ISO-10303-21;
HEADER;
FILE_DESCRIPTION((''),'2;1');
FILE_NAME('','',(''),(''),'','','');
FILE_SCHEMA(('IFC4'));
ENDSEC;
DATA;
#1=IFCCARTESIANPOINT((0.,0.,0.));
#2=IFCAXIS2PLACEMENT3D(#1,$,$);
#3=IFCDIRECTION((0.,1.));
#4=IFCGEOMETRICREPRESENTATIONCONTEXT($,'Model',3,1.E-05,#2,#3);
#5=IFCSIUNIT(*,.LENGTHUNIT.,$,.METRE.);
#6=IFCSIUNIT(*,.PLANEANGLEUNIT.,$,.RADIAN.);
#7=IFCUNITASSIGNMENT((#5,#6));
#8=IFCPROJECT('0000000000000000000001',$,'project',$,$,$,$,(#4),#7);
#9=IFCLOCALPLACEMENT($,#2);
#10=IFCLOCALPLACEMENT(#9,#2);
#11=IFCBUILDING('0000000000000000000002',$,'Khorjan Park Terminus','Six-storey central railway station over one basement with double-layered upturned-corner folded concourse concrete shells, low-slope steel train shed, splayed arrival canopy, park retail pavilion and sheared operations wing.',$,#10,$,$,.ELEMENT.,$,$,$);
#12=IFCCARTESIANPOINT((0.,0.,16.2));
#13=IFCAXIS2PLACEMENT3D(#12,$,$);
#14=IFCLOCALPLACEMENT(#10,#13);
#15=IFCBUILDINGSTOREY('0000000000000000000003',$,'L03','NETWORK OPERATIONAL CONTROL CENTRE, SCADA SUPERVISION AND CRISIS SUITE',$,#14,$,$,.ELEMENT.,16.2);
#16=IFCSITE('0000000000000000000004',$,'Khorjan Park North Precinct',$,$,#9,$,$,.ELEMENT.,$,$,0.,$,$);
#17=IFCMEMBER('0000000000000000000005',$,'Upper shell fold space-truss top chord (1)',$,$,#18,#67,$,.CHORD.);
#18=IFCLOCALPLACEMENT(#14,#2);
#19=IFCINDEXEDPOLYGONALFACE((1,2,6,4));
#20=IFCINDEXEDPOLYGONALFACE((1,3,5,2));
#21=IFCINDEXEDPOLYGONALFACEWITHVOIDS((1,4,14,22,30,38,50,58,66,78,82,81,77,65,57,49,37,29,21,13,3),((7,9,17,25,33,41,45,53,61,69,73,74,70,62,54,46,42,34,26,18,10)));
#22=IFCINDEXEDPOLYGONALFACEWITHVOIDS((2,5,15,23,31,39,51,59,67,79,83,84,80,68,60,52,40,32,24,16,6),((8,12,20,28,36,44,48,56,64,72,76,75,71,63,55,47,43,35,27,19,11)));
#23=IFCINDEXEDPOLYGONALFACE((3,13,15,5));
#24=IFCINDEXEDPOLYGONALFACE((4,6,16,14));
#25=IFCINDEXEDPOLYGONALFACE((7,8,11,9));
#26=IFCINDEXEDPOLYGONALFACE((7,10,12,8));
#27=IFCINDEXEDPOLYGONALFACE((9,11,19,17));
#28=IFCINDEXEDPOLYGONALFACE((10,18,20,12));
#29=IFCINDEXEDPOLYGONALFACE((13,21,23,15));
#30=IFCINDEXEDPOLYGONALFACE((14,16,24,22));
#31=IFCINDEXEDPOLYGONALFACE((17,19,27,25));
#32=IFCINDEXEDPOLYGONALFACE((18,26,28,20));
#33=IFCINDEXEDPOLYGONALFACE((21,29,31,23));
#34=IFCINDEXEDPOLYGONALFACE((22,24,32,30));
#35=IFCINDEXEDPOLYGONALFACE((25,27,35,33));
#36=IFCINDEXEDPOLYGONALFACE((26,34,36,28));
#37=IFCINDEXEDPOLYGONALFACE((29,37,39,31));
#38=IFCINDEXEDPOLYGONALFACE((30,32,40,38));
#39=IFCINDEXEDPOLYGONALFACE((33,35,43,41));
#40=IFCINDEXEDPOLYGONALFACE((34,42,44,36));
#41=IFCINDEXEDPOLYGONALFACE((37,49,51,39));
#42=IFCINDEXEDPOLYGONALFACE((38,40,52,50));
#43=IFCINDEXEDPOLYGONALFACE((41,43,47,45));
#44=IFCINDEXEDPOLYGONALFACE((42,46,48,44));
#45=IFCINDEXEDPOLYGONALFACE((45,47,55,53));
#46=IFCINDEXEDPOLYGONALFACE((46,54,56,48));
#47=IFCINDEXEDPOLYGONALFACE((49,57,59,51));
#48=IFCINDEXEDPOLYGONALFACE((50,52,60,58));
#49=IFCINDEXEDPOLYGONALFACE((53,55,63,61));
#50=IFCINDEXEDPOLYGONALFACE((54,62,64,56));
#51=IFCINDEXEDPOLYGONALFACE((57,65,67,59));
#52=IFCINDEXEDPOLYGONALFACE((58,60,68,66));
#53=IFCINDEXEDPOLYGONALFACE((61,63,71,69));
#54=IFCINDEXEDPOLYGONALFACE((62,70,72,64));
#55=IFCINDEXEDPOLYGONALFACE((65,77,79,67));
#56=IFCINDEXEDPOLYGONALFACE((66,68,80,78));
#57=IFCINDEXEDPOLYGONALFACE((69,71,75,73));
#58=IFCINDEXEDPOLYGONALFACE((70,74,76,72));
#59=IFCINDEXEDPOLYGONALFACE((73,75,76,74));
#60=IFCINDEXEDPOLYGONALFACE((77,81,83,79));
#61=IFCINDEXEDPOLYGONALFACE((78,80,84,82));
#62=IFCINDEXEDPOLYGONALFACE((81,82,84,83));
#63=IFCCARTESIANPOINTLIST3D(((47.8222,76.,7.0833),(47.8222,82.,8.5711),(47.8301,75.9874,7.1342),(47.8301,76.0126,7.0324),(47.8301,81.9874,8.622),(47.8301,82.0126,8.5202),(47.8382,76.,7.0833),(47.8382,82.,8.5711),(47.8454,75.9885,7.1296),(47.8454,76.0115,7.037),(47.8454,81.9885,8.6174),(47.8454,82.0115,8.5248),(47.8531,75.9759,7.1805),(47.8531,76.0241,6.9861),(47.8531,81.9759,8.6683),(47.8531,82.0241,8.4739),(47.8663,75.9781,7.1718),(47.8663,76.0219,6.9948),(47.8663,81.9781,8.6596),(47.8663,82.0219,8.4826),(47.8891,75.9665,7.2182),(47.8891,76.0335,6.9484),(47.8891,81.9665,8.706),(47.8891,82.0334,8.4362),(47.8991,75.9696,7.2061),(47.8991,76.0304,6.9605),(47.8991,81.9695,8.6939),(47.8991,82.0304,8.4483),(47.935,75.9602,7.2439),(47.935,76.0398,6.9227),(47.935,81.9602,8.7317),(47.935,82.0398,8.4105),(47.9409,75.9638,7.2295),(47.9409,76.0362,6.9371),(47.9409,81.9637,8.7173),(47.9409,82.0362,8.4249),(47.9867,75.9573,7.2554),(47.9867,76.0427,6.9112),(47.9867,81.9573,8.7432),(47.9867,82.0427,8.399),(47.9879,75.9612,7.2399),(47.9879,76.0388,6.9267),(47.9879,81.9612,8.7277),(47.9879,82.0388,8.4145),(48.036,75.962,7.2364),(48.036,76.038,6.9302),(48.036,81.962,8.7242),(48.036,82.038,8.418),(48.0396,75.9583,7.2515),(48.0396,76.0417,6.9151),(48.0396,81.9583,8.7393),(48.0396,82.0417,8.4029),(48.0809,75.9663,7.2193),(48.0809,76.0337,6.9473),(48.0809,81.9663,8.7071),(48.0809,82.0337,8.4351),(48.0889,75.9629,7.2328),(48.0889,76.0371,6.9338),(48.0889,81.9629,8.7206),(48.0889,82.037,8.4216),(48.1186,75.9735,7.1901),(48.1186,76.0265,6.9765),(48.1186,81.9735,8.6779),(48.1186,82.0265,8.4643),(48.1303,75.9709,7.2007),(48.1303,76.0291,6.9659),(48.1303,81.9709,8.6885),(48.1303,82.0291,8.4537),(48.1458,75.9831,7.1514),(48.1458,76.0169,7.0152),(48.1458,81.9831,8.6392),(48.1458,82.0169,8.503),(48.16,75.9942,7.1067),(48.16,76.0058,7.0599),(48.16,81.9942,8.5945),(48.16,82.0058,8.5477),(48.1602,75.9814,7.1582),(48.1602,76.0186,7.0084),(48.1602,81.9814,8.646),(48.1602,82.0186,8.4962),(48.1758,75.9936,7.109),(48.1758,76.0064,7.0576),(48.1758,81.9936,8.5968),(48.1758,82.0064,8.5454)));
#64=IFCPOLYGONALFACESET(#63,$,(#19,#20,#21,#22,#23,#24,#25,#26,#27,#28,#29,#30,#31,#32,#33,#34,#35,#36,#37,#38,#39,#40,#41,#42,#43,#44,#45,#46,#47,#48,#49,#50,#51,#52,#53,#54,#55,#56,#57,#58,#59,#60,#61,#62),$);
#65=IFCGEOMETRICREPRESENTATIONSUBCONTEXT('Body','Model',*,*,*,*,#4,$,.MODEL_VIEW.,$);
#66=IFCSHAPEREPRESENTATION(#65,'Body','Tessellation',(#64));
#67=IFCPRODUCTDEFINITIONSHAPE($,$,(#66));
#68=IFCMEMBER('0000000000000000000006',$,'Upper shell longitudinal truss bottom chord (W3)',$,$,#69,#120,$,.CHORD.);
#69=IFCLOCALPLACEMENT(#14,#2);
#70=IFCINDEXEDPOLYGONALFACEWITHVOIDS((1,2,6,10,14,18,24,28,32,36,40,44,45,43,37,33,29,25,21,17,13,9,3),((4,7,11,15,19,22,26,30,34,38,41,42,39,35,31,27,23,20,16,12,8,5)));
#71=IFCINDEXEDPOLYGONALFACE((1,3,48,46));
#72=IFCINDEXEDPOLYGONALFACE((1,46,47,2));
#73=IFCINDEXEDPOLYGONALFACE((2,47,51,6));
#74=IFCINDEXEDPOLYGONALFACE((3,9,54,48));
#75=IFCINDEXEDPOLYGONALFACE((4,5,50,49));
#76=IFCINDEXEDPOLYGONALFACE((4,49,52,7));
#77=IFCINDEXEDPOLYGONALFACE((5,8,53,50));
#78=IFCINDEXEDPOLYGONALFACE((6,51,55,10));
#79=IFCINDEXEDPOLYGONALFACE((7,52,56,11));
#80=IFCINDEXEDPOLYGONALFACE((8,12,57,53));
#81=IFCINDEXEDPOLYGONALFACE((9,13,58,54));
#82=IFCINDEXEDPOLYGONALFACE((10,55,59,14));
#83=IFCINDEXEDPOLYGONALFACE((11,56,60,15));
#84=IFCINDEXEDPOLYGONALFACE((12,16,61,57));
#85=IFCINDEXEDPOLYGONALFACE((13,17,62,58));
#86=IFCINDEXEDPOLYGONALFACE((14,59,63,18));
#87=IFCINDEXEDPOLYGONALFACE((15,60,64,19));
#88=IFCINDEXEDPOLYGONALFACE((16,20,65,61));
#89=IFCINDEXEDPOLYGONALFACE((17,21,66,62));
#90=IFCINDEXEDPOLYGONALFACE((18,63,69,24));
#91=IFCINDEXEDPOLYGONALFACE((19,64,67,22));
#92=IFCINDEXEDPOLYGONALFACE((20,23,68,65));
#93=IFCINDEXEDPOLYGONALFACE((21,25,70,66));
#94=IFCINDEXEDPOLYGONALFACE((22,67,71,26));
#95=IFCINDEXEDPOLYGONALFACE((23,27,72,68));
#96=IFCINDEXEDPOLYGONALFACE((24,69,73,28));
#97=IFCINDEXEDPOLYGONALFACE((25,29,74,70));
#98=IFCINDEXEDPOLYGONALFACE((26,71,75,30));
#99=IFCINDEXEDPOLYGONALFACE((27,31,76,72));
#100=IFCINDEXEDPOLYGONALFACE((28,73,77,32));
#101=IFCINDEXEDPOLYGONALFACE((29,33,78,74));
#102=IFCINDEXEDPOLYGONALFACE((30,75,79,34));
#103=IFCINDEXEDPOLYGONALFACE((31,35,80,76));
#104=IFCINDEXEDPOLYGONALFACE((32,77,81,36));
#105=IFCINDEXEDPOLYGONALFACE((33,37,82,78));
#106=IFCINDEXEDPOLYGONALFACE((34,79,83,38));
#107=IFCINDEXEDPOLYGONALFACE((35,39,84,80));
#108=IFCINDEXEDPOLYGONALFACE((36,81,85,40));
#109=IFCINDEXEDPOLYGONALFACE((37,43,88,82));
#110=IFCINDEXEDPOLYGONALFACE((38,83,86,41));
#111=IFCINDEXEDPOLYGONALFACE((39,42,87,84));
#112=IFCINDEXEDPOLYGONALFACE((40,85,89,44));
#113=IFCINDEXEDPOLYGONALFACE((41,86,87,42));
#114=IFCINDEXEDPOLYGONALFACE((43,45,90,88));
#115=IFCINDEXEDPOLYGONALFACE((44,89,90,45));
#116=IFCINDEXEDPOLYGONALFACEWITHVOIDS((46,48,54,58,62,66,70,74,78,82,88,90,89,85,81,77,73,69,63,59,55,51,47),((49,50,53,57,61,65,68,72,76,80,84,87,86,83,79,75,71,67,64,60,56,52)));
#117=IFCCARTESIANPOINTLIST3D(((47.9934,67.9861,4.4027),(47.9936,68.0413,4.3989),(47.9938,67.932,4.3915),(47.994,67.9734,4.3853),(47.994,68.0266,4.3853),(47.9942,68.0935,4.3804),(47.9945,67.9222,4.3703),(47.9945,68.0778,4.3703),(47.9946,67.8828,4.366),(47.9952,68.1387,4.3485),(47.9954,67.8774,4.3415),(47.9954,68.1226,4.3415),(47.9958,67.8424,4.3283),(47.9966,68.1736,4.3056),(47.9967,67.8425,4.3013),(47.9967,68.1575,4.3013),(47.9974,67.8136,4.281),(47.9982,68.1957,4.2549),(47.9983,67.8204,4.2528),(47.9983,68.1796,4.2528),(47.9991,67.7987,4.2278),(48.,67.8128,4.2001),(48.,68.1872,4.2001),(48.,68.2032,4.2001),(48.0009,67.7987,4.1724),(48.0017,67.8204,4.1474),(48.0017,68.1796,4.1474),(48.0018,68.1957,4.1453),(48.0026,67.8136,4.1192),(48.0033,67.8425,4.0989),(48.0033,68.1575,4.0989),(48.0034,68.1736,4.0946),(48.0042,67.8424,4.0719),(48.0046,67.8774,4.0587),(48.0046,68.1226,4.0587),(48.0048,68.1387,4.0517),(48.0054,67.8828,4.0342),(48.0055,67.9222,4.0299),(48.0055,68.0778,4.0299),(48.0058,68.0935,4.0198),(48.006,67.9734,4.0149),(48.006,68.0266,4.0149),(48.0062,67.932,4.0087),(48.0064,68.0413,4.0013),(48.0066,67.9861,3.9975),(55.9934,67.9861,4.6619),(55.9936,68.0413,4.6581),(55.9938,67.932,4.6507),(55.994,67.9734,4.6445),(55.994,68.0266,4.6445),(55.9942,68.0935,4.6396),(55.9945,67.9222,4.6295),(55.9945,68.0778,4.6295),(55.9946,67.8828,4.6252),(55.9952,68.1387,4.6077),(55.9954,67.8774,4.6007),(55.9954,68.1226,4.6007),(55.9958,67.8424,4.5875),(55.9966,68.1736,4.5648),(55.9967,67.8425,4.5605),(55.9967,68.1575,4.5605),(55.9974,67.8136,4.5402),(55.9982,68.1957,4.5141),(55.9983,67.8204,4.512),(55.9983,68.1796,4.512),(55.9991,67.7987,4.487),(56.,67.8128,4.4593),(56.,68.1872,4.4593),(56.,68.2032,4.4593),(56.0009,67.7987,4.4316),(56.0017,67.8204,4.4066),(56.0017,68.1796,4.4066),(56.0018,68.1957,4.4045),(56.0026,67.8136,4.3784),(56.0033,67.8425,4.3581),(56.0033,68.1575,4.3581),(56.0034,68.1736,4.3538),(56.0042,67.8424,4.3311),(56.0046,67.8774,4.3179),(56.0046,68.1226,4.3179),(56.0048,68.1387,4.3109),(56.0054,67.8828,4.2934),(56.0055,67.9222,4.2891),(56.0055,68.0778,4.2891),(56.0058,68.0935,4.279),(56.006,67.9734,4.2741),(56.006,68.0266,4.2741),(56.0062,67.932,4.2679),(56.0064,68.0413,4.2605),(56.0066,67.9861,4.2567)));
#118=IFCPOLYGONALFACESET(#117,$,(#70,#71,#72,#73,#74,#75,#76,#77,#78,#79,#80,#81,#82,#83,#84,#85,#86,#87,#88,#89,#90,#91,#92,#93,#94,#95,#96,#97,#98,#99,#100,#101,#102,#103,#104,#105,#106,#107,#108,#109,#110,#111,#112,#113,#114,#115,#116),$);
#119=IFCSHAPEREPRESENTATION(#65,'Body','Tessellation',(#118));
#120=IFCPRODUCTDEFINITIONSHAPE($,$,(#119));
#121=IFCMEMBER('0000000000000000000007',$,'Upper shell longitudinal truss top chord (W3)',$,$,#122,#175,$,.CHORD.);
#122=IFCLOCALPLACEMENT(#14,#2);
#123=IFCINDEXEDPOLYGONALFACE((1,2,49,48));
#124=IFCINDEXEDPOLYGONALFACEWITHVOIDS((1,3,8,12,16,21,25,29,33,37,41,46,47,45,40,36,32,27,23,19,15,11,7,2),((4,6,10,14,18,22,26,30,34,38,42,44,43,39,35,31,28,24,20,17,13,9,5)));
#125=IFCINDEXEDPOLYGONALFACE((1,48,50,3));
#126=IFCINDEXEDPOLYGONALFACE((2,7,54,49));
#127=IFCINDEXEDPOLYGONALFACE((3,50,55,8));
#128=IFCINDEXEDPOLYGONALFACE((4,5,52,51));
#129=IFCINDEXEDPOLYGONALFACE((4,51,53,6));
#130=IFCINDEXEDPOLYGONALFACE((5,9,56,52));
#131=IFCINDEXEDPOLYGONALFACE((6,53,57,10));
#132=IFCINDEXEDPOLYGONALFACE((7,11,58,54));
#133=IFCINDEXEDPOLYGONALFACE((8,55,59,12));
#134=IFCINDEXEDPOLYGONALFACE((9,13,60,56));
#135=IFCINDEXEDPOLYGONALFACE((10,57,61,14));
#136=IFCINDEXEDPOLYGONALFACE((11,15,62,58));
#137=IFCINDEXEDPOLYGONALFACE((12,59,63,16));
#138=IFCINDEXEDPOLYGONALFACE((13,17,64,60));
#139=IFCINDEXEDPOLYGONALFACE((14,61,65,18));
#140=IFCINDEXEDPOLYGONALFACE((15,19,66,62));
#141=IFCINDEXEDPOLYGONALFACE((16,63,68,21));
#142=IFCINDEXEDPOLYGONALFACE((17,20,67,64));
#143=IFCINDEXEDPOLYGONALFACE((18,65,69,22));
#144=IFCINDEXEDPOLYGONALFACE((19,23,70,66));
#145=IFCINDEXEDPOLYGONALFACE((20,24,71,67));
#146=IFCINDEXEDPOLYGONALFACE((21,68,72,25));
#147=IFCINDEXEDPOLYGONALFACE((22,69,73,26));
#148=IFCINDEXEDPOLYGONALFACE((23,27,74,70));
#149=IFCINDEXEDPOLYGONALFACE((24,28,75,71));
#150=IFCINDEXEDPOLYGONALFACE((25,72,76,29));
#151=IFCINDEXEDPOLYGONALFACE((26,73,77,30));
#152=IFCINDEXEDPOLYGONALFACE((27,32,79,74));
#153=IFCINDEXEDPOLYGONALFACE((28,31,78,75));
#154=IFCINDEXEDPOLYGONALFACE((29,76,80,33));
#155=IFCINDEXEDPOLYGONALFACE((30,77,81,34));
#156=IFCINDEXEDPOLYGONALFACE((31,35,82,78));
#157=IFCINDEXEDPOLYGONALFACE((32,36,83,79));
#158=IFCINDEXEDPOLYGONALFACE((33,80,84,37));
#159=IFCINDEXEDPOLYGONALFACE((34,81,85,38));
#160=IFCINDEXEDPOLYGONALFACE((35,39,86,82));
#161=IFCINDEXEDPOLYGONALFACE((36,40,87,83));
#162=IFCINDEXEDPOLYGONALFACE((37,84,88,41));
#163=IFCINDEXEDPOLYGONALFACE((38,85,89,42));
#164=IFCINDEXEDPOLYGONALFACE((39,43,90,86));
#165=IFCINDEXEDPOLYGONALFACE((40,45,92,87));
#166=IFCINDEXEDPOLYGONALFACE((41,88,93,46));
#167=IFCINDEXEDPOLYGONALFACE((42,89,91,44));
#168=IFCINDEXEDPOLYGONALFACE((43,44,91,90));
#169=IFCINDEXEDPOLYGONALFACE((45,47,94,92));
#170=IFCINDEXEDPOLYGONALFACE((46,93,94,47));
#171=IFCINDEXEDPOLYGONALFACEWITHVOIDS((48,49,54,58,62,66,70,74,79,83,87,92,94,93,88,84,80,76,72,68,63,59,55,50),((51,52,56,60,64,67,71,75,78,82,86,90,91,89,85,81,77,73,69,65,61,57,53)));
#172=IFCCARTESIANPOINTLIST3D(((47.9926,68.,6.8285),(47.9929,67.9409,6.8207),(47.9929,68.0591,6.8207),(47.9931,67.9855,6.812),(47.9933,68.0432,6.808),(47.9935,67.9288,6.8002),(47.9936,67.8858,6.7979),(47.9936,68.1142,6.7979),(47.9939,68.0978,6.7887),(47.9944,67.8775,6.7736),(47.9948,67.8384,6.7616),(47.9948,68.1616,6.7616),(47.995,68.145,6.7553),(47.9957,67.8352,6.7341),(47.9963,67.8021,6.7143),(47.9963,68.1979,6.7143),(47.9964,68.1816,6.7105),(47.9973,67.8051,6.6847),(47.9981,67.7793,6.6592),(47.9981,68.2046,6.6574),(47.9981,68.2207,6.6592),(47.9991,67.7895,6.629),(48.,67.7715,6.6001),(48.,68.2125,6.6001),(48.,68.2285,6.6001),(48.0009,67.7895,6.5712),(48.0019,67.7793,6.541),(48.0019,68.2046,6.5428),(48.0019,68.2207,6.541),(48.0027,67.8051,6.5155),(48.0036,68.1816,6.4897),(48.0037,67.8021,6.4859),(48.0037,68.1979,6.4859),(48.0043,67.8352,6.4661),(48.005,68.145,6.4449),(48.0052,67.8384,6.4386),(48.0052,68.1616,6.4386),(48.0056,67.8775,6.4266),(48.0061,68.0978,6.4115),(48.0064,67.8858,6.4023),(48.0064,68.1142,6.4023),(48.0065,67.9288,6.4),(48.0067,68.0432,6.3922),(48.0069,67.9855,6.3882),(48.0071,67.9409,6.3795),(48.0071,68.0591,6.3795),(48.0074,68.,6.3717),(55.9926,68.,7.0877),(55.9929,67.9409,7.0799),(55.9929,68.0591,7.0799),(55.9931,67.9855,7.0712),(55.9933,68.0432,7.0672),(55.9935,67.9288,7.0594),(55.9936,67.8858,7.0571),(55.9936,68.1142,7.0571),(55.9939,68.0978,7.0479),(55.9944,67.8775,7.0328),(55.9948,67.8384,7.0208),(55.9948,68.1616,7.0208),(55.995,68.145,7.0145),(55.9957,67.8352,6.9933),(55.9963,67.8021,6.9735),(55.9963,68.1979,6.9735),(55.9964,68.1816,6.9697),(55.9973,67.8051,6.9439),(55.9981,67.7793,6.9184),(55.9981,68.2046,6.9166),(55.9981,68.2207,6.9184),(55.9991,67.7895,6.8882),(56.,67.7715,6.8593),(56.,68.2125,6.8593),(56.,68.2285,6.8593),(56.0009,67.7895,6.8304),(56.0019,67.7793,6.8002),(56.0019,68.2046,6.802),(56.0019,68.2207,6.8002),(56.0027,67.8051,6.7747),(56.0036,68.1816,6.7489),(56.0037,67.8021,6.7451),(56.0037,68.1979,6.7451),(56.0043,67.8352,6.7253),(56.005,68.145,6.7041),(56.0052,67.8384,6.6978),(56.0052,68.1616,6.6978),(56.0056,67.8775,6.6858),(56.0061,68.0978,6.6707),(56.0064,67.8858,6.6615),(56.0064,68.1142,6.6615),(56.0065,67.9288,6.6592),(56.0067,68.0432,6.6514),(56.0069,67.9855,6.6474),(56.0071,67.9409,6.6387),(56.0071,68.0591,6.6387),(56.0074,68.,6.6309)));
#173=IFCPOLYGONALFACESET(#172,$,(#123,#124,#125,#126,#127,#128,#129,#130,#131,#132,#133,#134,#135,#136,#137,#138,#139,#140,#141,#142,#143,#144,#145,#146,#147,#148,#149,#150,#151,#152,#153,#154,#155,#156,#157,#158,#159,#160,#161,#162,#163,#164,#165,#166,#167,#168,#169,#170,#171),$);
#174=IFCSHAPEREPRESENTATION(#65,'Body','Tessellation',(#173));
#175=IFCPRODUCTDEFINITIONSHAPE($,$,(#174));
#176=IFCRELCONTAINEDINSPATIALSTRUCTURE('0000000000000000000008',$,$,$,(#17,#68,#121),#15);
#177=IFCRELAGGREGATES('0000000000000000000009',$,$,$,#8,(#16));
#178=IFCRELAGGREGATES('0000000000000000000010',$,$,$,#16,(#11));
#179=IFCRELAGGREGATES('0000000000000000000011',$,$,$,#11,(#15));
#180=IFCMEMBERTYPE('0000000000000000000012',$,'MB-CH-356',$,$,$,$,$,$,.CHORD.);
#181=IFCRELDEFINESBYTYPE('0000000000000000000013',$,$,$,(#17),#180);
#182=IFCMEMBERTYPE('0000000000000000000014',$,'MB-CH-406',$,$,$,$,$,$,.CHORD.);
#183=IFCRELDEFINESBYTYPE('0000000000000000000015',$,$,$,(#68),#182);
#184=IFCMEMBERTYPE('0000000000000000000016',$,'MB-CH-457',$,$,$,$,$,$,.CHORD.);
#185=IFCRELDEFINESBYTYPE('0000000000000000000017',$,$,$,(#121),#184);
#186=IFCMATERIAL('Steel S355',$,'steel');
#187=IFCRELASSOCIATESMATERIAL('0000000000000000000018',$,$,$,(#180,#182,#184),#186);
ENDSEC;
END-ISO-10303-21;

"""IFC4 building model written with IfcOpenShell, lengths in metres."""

from ifc_helpers import new_model, si_unit, direction, frame, origin, origin_2d, place, context, subcontext, project, spatial, hollow_circle, extrude, material, material_profile, profile_set, type_object, element, save


model = new_model("IFC4")

# Units and contexts
model_context = context("Model", 3, precision=1e-05, world=origin(), true_north=direction((0.0, 1.0)))
body_context = subcontext(model_context, "Body", "Model", "MODEL_VIEW")
ifc_project = project(units=[si_unit("LENGTHUNIT", "METRE"), si_unit("PLANEANGLEUNIT", "RADIAN")], contexts=[model_context])

# Site, building, storey
site_placement = place(None, origin())
site = spatial("IfcSite", under=ifc_project, at=site_placement, Name="Khorjan Park North Precinct", CompositionType="ELEMENT", RefElevation=0.0)
building_placement = place(site_placement, origin())
building = spatial("IfcBuilding", under=site, at=building_placement, Name="Khorjan Park Terminus", Description="Six-storey central railway station over one basement with double-layered upturned-corner folded concourse concrete shells, low-slope steel train shed, splayed arrival canopy, park retail pavilion and sheared operations wing.", CompositionType="ELEMENT")
storey_placement = place(building_placement, frame((0.0, 0.0, 16.2)))
storey = spatial("IfcBuildingStorey", under=building, at=storey_placement, Name="L03", Description="NETWORK OPERATIONAL CONTROL CENTRE, SCADA SUPERVISION AND CRISIS SUITE", CompositionType="ELEMENT", Elevation=16.2)

# Members
ifc_material_1 = material(Name="Steel S355", Category="steel")
ifc_material_profile_1 = material_profile(ifc_material_1, hollow_circle(Radius=0.1778, WallThickness=0.016, at=origin_2d()), Name="CHS 355.6x16")
ifc_profile_set_1 = profile_set([ifc_material_profile_1], Name="Steel S355")
member_type_1 = type_object("IfcMemberType", Name="MB-CH-356", PredefinedType="CHORD", material=ifc_profile_set_1)
member_1_placement = place(storey_placement, frame((48.0, 76.0, 7.0833), z_axis=(0.0, 0.970605, 0.240678), x_axis=(-1.0, 0.0, 0.0)))
element("IfcMember", 1, at=member_1_placement, inside=storey, type_object=member_type_1, Name="Upper shell fold space-truss top chord (1)", PredefinedType="CHORD", context=body_context, shape_type="SweptSolid", body=[
    extrude(hollow_circle(Radius=0.1778, WallThickness=0.016, at=origin_2d()), origin(), (0.0, 0.0, 1.0), 6.1817),
])
ifc_material_profile_2 = material_profile(ifc_material_1, hollow_circle(Radius=0.2032, WallThickness=0.016, at=origin_2d()), Name="CHS 406.4x16")
ifc_profile_set_2 = profile_set([ifc_material_profile_2], Name="Steel S355")
member_type_2 = type_object("IfcMemberType", Name="MB-CH-406", PredefinedType="CHORD", material=ifc_profile_set_2)
member_2_placement = place(storey_placement, frame((48.0, 68.0, 4.2001), z_axis=(0.999476, 0.0, 0.032383), x_axis=(0.0, 1.0, 0.0)))
element("IfcMember", 2, at=member_2_placement, inside=storey, type_object=member_type_2, Name="Upper shell longitudinal truss bottom chord (W3)", PredefinedType="CHORD", context=body_context, shape_type="SweptSolid", body=[
    extrude(hollow_circle(Radius=0.2032, WallThickness=0.016, at=origin_2d()), origin(), (0.0, 0.0, 1.0), 8.0042),
])
ifc_material_profile_3 = material_profile(ifc_material_1, hollow_circle(Radius=0.2285, WallThickness=0.016, at=origin_2d()), Name="CHS 457x16")
ifc_profile_set_3 = profile_set([ifc_material_profile_3], Name="Steel S355")
member_type_3 = type_object("IfcMemberType", Name="MB-CH-457", PredefinedType="CHORD", material=ifc_profile_set_3)
member_3_placement = place(storey_placement, frame((48.0, 68.0, 6.6001), z_axis=(0.999476, 0.0, 0.032383), x_axis=(0.0, 1.0, 0.0)))
element("IfcMember", 3, at=member_3_placement, inside=storey, type_object=member_type_3, Name="Upper shell longitudinal truss top chord (W3)", PredefinedType="CHORD", context=body_context, shape_type="SweptSolid", body=[
    extrude(hollow_circle(Radius=0.2285, WallThickness=0.016, at=origin_2d()), origin(), (0.0, 0.0, 1.0), 8.0042),
])

save(model, "model.ifc")
